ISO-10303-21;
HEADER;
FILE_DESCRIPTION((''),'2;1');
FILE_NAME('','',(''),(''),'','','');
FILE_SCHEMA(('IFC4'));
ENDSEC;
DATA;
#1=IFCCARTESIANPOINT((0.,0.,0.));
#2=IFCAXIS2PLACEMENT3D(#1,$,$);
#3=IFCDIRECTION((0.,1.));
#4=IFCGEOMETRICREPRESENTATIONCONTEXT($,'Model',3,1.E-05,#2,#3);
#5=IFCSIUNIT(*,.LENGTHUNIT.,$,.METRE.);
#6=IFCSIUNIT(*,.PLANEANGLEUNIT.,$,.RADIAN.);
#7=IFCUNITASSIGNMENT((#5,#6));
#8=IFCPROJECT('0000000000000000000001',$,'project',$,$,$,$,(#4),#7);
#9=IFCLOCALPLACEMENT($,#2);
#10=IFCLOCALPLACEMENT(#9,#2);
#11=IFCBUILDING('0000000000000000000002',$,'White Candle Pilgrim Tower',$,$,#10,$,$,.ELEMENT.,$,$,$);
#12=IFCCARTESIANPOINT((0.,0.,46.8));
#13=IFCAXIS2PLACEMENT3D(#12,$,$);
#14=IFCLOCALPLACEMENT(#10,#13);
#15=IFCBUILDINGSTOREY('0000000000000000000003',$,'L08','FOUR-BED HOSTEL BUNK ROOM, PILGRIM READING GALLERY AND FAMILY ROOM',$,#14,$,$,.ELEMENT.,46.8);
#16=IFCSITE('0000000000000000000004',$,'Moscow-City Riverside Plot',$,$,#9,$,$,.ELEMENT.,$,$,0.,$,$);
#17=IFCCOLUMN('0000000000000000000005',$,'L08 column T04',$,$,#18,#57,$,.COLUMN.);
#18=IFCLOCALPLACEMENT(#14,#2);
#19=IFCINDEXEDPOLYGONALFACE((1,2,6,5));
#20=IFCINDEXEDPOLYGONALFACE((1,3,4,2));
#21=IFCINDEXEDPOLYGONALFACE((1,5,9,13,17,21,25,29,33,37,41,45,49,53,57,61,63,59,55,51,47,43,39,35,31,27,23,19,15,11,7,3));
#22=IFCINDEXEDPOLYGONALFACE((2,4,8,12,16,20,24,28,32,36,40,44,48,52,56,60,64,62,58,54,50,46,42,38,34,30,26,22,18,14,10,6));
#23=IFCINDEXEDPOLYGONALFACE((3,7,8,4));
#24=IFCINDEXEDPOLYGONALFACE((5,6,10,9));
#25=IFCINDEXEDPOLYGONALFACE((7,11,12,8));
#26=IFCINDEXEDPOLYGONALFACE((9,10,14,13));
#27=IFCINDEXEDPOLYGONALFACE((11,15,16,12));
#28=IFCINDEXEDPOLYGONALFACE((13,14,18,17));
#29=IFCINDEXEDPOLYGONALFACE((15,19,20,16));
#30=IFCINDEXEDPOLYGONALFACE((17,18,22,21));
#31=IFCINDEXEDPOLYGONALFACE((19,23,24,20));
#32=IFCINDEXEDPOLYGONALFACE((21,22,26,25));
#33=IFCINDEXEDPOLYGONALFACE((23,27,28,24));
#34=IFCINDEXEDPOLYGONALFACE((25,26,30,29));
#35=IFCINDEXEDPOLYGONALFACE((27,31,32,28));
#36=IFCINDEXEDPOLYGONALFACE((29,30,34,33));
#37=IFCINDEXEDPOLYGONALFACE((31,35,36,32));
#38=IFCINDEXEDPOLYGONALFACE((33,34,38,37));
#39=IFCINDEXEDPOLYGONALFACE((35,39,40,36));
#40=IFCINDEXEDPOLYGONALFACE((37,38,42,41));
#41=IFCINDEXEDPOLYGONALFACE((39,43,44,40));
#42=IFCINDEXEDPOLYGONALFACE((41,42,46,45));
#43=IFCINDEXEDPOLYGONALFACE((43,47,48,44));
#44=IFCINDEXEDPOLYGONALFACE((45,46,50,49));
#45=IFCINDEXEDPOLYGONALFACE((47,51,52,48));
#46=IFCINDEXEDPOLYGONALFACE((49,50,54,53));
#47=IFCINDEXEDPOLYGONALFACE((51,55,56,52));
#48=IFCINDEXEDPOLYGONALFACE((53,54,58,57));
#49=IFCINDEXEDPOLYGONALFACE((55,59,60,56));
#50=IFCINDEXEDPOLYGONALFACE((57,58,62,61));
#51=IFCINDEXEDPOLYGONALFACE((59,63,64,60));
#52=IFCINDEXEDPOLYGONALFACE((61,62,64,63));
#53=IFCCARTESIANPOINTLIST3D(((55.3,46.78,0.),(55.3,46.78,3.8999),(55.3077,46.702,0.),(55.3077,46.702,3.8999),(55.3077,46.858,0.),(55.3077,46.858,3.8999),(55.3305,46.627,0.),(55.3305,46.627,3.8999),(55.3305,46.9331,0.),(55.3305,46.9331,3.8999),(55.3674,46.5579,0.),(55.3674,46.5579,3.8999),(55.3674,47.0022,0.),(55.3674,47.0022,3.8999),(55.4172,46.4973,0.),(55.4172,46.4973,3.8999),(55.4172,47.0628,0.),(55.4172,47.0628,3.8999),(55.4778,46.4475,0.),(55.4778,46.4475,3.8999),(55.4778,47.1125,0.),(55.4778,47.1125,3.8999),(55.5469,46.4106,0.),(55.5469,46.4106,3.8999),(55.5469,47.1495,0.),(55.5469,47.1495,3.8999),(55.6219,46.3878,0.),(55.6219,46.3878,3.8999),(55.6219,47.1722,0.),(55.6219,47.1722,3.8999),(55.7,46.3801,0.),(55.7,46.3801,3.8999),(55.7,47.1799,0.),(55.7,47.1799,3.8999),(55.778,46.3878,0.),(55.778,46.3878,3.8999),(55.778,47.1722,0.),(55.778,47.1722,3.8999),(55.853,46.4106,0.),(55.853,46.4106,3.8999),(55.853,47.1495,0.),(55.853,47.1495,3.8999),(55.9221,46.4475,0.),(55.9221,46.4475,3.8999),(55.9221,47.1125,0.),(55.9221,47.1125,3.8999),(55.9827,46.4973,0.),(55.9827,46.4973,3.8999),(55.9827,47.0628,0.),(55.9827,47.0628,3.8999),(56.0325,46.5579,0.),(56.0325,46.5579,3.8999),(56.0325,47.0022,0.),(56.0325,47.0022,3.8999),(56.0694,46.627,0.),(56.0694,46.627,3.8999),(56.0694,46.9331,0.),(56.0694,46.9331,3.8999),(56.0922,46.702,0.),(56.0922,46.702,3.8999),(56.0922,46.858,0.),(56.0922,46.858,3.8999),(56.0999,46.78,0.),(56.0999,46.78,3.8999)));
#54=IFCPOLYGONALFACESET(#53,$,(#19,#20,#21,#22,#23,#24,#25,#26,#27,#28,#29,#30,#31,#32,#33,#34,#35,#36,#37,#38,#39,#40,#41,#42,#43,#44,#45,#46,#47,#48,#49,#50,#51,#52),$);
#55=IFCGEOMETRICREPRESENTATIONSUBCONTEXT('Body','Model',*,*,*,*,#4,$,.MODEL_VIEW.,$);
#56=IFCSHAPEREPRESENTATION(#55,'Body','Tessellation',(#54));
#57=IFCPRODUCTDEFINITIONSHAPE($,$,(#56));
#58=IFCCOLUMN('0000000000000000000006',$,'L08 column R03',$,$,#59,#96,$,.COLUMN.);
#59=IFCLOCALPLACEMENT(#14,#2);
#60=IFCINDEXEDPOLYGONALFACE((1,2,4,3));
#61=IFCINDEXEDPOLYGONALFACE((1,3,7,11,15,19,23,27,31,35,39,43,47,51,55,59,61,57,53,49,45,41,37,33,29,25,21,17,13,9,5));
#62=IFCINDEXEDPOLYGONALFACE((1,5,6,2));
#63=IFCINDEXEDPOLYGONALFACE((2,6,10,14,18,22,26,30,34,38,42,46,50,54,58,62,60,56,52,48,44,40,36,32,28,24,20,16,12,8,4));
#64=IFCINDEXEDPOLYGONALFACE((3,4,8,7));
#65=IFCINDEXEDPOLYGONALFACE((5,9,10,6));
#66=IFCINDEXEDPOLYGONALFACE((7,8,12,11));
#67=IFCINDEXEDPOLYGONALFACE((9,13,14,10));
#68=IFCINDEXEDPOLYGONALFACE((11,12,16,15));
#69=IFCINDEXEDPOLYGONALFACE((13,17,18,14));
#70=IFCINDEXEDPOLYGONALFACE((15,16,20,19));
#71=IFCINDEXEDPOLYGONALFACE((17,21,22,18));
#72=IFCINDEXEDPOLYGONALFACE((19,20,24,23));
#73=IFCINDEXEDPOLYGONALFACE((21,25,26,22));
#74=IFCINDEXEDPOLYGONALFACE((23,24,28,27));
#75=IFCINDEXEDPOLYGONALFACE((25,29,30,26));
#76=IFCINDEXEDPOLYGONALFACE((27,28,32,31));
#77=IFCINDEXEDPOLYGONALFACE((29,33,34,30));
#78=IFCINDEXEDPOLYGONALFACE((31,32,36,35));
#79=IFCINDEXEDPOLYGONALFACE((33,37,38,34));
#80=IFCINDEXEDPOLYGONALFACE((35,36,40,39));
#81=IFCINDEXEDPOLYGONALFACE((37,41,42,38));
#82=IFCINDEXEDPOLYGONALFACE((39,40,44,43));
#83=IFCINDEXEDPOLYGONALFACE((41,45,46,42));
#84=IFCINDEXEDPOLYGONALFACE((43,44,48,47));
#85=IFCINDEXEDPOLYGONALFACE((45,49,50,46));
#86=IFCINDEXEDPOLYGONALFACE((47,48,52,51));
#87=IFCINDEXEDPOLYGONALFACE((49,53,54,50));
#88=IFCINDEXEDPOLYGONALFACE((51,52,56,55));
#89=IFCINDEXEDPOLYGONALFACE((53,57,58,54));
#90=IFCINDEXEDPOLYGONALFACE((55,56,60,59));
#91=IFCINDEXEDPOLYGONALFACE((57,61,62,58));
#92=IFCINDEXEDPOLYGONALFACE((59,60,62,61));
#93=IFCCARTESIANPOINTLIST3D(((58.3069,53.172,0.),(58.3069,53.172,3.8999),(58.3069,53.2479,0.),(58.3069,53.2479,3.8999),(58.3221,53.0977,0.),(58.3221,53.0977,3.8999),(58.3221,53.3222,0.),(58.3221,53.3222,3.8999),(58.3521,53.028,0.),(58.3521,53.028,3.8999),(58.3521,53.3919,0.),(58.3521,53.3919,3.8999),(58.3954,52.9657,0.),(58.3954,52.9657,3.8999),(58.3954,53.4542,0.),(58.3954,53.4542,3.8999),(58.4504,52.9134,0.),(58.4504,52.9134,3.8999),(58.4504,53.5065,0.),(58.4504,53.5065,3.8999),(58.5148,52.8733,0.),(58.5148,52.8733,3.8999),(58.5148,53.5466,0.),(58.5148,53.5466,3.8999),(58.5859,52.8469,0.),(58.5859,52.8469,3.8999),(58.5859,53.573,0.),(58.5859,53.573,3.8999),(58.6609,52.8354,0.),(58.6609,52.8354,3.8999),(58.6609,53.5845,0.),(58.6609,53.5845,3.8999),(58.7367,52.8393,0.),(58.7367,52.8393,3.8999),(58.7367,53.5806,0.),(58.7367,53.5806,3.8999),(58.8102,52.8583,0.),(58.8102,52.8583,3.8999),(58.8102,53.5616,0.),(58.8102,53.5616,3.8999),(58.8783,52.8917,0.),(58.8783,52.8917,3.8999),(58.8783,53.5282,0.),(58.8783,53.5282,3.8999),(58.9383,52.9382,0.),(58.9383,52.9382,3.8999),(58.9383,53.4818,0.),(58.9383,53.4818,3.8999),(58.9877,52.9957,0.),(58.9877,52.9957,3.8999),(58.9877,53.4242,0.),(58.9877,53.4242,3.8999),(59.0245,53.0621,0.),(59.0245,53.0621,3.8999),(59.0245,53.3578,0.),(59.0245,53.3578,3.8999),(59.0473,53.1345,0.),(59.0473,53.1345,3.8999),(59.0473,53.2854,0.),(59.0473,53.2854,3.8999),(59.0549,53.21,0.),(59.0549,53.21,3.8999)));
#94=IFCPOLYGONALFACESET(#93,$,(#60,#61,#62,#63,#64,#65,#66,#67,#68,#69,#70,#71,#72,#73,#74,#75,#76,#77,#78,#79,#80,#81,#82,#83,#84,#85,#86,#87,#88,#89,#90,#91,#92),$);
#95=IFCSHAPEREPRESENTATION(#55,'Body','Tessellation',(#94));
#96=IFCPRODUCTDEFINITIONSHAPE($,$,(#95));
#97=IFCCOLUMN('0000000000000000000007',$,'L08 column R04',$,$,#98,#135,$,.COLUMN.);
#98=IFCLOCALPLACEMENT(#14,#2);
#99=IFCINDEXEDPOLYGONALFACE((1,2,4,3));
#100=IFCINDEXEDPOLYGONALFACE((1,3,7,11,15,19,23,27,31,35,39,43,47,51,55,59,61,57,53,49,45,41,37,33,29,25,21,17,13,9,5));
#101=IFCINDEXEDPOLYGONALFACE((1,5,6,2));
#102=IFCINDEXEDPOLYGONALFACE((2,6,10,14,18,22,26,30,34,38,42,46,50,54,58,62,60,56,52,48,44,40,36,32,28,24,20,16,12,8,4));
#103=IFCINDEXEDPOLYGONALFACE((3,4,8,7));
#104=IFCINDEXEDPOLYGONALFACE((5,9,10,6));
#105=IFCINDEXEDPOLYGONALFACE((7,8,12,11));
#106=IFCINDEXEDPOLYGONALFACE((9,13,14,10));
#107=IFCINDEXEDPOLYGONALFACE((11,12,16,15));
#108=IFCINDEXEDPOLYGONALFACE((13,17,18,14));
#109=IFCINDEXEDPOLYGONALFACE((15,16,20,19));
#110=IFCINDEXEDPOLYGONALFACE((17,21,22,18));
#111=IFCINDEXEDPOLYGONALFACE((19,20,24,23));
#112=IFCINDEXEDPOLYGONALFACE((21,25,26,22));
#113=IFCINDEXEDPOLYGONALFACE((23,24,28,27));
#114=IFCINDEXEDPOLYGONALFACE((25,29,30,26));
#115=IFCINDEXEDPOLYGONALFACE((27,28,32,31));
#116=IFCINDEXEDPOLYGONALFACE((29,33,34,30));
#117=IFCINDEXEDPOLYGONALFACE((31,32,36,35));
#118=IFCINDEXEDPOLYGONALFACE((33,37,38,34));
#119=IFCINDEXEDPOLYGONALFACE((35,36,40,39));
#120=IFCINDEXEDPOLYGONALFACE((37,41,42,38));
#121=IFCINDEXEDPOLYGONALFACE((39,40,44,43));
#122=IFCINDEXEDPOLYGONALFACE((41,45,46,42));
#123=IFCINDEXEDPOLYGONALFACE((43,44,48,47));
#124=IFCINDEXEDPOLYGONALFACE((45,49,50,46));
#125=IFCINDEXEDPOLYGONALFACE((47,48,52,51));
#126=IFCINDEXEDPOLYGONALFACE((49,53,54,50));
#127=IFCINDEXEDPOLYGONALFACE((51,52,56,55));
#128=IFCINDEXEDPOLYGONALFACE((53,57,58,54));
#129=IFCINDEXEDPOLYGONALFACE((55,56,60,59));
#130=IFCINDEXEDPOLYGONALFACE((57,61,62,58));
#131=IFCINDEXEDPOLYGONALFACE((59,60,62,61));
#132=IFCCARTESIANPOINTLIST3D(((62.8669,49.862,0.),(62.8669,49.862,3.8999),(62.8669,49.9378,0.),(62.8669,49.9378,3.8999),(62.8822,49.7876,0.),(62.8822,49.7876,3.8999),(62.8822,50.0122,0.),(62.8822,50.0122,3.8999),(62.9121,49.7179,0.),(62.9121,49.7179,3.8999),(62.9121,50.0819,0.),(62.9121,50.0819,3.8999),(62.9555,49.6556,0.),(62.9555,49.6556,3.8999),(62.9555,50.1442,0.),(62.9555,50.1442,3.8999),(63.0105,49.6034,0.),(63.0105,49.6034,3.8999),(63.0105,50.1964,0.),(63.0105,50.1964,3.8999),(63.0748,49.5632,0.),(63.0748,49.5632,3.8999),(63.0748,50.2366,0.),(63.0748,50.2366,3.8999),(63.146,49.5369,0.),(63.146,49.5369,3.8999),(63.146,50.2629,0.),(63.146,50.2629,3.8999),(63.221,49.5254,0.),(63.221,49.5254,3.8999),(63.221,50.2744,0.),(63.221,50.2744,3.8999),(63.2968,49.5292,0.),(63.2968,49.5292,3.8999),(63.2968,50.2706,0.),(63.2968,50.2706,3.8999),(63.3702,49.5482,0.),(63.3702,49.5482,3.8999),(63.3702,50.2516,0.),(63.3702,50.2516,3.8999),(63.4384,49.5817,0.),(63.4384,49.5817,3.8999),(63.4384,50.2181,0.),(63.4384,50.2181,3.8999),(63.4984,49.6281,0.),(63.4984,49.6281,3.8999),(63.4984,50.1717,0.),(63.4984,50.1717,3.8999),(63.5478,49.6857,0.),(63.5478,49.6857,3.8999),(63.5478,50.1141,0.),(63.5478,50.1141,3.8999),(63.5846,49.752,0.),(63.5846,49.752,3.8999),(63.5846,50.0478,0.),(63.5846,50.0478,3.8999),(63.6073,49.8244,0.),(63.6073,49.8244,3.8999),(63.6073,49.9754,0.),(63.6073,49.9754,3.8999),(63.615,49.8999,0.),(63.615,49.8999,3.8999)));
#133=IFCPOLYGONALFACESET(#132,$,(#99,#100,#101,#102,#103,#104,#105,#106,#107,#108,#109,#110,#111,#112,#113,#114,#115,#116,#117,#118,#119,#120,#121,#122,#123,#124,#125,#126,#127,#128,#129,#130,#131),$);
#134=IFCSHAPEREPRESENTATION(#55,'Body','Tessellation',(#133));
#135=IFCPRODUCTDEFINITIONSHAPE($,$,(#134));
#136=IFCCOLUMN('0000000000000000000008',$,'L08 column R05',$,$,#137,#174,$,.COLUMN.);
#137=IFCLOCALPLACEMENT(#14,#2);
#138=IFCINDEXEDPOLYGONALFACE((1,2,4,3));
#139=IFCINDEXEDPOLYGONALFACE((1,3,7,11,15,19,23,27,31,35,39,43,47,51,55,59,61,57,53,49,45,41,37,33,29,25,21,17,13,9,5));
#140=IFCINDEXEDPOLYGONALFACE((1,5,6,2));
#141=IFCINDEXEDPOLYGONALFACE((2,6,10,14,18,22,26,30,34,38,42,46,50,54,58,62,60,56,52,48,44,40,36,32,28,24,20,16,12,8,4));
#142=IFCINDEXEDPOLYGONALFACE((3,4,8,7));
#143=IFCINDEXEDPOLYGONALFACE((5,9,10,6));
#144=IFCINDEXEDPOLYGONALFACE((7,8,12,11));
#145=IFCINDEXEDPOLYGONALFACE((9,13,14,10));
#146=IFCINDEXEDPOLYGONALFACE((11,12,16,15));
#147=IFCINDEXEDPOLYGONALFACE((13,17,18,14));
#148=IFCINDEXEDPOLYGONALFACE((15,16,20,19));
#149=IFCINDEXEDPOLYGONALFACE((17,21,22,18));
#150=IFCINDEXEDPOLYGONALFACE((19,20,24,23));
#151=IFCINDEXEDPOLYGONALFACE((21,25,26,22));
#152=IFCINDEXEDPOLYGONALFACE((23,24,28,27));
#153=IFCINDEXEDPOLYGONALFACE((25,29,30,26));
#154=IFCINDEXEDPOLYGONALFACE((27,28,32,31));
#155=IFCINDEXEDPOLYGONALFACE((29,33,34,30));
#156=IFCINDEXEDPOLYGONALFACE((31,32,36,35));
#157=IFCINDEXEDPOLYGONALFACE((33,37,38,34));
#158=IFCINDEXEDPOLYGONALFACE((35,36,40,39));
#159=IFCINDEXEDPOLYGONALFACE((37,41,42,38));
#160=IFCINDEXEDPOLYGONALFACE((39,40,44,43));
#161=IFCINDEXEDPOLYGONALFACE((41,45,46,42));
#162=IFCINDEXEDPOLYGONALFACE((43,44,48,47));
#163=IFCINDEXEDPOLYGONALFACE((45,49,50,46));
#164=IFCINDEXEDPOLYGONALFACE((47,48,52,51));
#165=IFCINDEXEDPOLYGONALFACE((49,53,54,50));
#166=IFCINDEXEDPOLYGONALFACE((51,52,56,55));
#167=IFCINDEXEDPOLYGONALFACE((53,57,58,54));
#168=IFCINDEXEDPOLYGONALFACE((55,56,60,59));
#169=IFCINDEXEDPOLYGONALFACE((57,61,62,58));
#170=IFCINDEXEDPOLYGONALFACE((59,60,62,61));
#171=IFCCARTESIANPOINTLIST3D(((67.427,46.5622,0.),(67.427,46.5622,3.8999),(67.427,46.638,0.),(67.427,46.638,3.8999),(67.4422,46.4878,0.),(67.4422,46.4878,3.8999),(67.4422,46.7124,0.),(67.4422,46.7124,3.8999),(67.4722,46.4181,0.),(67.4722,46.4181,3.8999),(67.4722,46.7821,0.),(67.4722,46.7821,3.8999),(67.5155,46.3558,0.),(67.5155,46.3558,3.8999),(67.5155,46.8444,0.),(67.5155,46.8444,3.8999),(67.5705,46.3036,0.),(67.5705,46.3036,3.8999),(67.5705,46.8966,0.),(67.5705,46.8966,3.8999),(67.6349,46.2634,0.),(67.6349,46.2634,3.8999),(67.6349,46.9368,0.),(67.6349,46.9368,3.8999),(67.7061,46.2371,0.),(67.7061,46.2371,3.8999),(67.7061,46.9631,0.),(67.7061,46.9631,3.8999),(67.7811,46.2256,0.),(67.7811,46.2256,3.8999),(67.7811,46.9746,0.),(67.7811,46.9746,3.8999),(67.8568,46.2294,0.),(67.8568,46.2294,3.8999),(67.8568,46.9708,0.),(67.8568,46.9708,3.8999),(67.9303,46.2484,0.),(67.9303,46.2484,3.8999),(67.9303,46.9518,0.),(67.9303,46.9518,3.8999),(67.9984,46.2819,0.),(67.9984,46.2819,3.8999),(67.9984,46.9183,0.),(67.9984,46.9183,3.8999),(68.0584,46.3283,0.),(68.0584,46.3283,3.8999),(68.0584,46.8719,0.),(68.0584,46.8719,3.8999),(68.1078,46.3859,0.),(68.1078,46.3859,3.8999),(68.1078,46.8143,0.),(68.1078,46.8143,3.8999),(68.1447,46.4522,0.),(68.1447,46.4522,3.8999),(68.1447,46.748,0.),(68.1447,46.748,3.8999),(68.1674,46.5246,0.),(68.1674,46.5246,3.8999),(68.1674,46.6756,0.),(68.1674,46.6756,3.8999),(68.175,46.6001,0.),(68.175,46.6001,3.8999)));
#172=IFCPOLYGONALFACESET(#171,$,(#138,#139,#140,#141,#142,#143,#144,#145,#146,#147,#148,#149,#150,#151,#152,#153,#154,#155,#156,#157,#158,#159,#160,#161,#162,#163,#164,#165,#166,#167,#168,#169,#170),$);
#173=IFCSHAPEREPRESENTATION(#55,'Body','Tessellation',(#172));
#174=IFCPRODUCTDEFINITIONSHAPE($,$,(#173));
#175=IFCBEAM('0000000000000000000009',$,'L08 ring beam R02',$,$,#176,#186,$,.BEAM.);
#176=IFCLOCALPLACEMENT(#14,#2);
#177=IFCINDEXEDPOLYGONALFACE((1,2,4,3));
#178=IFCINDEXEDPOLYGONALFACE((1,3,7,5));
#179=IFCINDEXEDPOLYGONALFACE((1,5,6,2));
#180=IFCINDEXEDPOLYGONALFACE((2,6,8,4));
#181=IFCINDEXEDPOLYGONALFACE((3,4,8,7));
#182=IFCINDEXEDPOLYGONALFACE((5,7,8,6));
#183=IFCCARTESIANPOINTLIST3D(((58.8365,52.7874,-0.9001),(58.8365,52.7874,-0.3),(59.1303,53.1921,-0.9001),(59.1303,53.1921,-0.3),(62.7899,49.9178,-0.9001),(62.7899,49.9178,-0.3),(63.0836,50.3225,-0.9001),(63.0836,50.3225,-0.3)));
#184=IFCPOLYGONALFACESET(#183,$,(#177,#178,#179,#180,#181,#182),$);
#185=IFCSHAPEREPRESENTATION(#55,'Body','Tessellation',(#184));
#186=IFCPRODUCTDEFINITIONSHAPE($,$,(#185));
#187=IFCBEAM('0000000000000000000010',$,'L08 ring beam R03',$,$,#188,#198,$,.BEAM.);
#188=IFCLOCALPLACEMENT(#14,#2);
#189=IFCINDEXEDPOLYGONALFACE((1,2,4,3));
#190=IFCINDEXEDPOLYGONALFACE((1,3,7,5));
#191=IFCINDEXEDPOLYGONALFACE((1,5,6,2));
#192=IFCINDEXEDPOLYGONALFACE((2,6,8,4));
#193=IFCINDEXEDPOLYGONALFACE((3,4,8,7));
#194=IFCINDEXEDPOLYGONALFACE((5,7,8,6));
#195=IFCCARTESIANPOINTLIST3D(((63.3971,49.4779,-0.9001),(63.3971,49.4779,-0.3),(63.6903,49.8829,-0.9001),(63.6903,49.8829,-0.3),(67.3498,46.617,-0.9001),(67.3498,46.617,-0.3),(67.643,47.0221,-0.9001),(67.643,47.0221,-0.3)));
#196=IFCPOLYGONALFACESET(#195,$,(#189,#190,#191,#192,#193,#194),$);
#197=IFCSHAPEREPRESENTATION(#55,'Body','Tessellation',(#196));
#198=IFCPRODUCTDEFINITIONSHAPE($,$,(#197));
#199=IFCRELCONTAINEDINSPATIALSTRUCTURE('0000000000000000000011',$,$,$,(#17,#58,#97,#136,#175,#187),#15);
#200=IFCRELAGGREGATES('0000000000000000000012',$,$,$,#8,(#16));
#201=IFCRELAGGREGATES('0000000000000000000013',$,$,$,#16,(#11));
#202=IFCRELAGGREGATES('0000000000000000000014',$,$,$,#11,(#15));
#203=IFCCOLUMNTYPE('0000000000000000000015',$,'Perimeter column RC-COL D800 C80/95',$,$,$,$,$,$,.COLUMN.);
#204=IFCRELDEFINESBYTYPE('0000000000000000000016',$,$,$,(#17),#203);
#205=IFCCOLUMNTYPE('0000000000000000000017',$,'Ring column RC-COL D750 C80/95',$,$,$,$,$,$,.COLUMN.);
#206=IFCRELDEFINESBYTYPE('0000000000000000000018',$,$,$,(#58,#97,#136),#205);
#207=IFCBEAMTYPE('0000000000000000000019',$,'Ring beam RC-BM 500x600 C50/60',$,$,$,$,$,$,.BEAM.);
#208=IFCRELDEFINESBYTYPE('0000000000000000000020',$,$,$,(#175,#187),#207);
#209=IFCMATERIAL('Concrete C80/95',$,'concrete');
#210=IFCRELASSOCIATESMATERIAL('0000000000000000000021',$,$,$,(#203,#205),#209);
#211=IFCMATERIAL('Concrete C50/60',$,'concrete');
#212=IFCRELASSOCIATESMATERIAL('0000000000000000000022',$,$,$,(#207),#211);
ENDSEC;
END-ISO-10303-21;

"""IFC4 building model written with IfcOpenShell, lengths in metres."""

from ifc_helpers import new_model, si_unit, direction, frame, origin, origin_2d, place, context, subcontext, project, spatial, rectangle, circle, extrude, material, material_profile, profile_set, type_object, element, save


model = new_model("IFC4")

# Units and contexts
model_context = context("Model", 3, precision=1e-05, world=origin(), true_north=direction((0.0, 1.0)))
body_context = subcontext(model_context, "Body", "Model", "MODEL_VIEW")
ifc_project = project(units=[si_unit("LENGTHUNIT", "METRE"), si_unit("PLANEANGLEUNIT", "RADIAN")], contexts=[model_context])

# Site, building, storey
site_placement = place(None, origin())
site = spatial("IfcSite", under=ifc_project, at=site_placement, Name="Moscow-City Riverside Plot", CompositionType="ELEMENT", RefElevation=0.0)
building_placement = place(site_placement, origin())
building = spatial("IfcBuilding", under=site, at=building_placement, Name="White Candle Pilgrim Tower", CompositionType="ELEMENT")
storey_placement = place(building_placement, frame((0.0, 0.0, 46.8)))
storey = spatial("IfcBuildingStorey", under=building, at=storey_placement, Name="L08", Description="FOUR-BED HOSTEL BUNK ROOM, PILGRIM READING GALLERY AND FAMILY ROOM", CompositionType="ELEMENT", Elevation=46.8)

# Columns
ifc_material_1 = material(Name="Concrete C80/95", Category="concrete")
ifc_material_profile_1 = material_profile(ifc_material_1, circle(Radius=0.3999, at=origin_2d()), Name="RC-COL D800")
ifc_profile_set_1 = profile_set([ifc_material_profile_1], Name="Concrete C80/95")
column_type_1 = type_object("IfcColumnType", Name="Perimeter column RC-COL D800 C80/95", PredefinedType="COLUMN", material=ifc_profile_set_1)
column_placement = place(storey_placement, frame((55.7, 46.78, 0.0), z_axis=(0.0, 0.0, 1.0), x_axis=(1.0, 0.0, 0.0)))
element("IfcColumn", 1, at=column_placement, inside=storey, type_object=column_type_1, Name="L08 column T04", PredefinedType="COLUMN", context=body_context, shape_type="SweptSolid", body=[
    extrude(circle(Radius=0.3999, at=origin_2d()), origin(), (0.0, 0.0, 1.0), 3.8999),
])
ifc_material_profile_2 = material_profile(ifc_material_1, circle(Radius=0.375, at=origin_2d()), Name="RC-COL D750")
ifc_profile_set_2 = profile_set([ifc_material_profile_2], Name="Concrete C80/95")
column_type_2 = type_object("IfcColumnType", Name="Ring column RC-COL D750 C80/95", PredefinedType="COLUMN", material=ifc_profile_set_2)
for number, where, z_axis, x_axis, name in (
    (2, (58.6799, 53.21, 0.0), (0.0, 0.0, 1.0), (1.0, 0.0, 0.0), "L08 column R03"),
    (3, (63.24, 49.8999, 0.0), (0.0, 0.0, 1.0), (1.0, 0.0, 0.0), "L08 column R04"),
    (4, (67.8, 46.6001, 0.0), (0.0, 0.0, 1.0), (1.0, 0.0, 0.0), "L08 column R05"),
):
    element("IfcColumn", number, at=place(storey_placement, frame(where, z_axis=z_axis, x_axis=x_axis)), inside=storey, type_object=column_type_2, Name=name, PredefinedType="COLUMN", context=body_context, shape_type="SweptSolid", body=[
        extrude(circle(Radius=0.375, at=origin_2d()), origin(), (0.0, 0.0, 1.0), 3.8999),
    ])

# Beams
ifc_material_2 = material(Name="Concrete C50/60", Category="concrete")
ifc_material_profile_3 = material_profile(ifc_material_2, rectangle(XDim=0.5, YDim=0.6001, at=origin_2d()), Name="RC-BM 500x600")
ifc_profile_set_3 = profile_set([ifc_material_profile_3], Name="Concrete C50/60")
beam_type = type_object("IfcBeamType", Name="Ring beam RC-BM 500x600 C50/60", PredefinedType="BEAM", material=ifc_profile_set_3)
beam_1_placement = place(storey_placement, frame((58.9834, 52.9897, -0.6001), z_axis=(0.809276, -0.587429, 0.0), x_axis=(0.587429, 0.809276, 0.0)))
element("IfcBeam", 5, at=beam_1_placement, inside=storey, type_object=beam_type, Name="L08 ring beam R02", PredefinedType="BEAM", context=body_context, shape_type="SweptSolid", body=[
    extrude(rectangle(XDim=0.5, YDim=0.6001, at=origin_2d()), origin(), (0.0, 0.0, 1.0), 4.885),
])
beam_2_placement = place(storey_placement, frame((63.5437, 49.6804, -0.6001), z_axis=(0.81008, -0.58632, 0.0), x_axis=(0.58632, 0.81008, 0.0)))
element("IfcBeam", 6, at=beam_2_placement, inside=storey, type_object=beam_type, Name="L08 ring beam R03", PredefinedType="BEAM", context=body_context, shape_type="SweptSolid", body=[
    extrude(rectangle(XDim=0.5, YDim=0.6001, at=origin_2d()), origin(), (0.0, 0.0, 1.0), 4.8794),
])

save(model, "model.ifc")
